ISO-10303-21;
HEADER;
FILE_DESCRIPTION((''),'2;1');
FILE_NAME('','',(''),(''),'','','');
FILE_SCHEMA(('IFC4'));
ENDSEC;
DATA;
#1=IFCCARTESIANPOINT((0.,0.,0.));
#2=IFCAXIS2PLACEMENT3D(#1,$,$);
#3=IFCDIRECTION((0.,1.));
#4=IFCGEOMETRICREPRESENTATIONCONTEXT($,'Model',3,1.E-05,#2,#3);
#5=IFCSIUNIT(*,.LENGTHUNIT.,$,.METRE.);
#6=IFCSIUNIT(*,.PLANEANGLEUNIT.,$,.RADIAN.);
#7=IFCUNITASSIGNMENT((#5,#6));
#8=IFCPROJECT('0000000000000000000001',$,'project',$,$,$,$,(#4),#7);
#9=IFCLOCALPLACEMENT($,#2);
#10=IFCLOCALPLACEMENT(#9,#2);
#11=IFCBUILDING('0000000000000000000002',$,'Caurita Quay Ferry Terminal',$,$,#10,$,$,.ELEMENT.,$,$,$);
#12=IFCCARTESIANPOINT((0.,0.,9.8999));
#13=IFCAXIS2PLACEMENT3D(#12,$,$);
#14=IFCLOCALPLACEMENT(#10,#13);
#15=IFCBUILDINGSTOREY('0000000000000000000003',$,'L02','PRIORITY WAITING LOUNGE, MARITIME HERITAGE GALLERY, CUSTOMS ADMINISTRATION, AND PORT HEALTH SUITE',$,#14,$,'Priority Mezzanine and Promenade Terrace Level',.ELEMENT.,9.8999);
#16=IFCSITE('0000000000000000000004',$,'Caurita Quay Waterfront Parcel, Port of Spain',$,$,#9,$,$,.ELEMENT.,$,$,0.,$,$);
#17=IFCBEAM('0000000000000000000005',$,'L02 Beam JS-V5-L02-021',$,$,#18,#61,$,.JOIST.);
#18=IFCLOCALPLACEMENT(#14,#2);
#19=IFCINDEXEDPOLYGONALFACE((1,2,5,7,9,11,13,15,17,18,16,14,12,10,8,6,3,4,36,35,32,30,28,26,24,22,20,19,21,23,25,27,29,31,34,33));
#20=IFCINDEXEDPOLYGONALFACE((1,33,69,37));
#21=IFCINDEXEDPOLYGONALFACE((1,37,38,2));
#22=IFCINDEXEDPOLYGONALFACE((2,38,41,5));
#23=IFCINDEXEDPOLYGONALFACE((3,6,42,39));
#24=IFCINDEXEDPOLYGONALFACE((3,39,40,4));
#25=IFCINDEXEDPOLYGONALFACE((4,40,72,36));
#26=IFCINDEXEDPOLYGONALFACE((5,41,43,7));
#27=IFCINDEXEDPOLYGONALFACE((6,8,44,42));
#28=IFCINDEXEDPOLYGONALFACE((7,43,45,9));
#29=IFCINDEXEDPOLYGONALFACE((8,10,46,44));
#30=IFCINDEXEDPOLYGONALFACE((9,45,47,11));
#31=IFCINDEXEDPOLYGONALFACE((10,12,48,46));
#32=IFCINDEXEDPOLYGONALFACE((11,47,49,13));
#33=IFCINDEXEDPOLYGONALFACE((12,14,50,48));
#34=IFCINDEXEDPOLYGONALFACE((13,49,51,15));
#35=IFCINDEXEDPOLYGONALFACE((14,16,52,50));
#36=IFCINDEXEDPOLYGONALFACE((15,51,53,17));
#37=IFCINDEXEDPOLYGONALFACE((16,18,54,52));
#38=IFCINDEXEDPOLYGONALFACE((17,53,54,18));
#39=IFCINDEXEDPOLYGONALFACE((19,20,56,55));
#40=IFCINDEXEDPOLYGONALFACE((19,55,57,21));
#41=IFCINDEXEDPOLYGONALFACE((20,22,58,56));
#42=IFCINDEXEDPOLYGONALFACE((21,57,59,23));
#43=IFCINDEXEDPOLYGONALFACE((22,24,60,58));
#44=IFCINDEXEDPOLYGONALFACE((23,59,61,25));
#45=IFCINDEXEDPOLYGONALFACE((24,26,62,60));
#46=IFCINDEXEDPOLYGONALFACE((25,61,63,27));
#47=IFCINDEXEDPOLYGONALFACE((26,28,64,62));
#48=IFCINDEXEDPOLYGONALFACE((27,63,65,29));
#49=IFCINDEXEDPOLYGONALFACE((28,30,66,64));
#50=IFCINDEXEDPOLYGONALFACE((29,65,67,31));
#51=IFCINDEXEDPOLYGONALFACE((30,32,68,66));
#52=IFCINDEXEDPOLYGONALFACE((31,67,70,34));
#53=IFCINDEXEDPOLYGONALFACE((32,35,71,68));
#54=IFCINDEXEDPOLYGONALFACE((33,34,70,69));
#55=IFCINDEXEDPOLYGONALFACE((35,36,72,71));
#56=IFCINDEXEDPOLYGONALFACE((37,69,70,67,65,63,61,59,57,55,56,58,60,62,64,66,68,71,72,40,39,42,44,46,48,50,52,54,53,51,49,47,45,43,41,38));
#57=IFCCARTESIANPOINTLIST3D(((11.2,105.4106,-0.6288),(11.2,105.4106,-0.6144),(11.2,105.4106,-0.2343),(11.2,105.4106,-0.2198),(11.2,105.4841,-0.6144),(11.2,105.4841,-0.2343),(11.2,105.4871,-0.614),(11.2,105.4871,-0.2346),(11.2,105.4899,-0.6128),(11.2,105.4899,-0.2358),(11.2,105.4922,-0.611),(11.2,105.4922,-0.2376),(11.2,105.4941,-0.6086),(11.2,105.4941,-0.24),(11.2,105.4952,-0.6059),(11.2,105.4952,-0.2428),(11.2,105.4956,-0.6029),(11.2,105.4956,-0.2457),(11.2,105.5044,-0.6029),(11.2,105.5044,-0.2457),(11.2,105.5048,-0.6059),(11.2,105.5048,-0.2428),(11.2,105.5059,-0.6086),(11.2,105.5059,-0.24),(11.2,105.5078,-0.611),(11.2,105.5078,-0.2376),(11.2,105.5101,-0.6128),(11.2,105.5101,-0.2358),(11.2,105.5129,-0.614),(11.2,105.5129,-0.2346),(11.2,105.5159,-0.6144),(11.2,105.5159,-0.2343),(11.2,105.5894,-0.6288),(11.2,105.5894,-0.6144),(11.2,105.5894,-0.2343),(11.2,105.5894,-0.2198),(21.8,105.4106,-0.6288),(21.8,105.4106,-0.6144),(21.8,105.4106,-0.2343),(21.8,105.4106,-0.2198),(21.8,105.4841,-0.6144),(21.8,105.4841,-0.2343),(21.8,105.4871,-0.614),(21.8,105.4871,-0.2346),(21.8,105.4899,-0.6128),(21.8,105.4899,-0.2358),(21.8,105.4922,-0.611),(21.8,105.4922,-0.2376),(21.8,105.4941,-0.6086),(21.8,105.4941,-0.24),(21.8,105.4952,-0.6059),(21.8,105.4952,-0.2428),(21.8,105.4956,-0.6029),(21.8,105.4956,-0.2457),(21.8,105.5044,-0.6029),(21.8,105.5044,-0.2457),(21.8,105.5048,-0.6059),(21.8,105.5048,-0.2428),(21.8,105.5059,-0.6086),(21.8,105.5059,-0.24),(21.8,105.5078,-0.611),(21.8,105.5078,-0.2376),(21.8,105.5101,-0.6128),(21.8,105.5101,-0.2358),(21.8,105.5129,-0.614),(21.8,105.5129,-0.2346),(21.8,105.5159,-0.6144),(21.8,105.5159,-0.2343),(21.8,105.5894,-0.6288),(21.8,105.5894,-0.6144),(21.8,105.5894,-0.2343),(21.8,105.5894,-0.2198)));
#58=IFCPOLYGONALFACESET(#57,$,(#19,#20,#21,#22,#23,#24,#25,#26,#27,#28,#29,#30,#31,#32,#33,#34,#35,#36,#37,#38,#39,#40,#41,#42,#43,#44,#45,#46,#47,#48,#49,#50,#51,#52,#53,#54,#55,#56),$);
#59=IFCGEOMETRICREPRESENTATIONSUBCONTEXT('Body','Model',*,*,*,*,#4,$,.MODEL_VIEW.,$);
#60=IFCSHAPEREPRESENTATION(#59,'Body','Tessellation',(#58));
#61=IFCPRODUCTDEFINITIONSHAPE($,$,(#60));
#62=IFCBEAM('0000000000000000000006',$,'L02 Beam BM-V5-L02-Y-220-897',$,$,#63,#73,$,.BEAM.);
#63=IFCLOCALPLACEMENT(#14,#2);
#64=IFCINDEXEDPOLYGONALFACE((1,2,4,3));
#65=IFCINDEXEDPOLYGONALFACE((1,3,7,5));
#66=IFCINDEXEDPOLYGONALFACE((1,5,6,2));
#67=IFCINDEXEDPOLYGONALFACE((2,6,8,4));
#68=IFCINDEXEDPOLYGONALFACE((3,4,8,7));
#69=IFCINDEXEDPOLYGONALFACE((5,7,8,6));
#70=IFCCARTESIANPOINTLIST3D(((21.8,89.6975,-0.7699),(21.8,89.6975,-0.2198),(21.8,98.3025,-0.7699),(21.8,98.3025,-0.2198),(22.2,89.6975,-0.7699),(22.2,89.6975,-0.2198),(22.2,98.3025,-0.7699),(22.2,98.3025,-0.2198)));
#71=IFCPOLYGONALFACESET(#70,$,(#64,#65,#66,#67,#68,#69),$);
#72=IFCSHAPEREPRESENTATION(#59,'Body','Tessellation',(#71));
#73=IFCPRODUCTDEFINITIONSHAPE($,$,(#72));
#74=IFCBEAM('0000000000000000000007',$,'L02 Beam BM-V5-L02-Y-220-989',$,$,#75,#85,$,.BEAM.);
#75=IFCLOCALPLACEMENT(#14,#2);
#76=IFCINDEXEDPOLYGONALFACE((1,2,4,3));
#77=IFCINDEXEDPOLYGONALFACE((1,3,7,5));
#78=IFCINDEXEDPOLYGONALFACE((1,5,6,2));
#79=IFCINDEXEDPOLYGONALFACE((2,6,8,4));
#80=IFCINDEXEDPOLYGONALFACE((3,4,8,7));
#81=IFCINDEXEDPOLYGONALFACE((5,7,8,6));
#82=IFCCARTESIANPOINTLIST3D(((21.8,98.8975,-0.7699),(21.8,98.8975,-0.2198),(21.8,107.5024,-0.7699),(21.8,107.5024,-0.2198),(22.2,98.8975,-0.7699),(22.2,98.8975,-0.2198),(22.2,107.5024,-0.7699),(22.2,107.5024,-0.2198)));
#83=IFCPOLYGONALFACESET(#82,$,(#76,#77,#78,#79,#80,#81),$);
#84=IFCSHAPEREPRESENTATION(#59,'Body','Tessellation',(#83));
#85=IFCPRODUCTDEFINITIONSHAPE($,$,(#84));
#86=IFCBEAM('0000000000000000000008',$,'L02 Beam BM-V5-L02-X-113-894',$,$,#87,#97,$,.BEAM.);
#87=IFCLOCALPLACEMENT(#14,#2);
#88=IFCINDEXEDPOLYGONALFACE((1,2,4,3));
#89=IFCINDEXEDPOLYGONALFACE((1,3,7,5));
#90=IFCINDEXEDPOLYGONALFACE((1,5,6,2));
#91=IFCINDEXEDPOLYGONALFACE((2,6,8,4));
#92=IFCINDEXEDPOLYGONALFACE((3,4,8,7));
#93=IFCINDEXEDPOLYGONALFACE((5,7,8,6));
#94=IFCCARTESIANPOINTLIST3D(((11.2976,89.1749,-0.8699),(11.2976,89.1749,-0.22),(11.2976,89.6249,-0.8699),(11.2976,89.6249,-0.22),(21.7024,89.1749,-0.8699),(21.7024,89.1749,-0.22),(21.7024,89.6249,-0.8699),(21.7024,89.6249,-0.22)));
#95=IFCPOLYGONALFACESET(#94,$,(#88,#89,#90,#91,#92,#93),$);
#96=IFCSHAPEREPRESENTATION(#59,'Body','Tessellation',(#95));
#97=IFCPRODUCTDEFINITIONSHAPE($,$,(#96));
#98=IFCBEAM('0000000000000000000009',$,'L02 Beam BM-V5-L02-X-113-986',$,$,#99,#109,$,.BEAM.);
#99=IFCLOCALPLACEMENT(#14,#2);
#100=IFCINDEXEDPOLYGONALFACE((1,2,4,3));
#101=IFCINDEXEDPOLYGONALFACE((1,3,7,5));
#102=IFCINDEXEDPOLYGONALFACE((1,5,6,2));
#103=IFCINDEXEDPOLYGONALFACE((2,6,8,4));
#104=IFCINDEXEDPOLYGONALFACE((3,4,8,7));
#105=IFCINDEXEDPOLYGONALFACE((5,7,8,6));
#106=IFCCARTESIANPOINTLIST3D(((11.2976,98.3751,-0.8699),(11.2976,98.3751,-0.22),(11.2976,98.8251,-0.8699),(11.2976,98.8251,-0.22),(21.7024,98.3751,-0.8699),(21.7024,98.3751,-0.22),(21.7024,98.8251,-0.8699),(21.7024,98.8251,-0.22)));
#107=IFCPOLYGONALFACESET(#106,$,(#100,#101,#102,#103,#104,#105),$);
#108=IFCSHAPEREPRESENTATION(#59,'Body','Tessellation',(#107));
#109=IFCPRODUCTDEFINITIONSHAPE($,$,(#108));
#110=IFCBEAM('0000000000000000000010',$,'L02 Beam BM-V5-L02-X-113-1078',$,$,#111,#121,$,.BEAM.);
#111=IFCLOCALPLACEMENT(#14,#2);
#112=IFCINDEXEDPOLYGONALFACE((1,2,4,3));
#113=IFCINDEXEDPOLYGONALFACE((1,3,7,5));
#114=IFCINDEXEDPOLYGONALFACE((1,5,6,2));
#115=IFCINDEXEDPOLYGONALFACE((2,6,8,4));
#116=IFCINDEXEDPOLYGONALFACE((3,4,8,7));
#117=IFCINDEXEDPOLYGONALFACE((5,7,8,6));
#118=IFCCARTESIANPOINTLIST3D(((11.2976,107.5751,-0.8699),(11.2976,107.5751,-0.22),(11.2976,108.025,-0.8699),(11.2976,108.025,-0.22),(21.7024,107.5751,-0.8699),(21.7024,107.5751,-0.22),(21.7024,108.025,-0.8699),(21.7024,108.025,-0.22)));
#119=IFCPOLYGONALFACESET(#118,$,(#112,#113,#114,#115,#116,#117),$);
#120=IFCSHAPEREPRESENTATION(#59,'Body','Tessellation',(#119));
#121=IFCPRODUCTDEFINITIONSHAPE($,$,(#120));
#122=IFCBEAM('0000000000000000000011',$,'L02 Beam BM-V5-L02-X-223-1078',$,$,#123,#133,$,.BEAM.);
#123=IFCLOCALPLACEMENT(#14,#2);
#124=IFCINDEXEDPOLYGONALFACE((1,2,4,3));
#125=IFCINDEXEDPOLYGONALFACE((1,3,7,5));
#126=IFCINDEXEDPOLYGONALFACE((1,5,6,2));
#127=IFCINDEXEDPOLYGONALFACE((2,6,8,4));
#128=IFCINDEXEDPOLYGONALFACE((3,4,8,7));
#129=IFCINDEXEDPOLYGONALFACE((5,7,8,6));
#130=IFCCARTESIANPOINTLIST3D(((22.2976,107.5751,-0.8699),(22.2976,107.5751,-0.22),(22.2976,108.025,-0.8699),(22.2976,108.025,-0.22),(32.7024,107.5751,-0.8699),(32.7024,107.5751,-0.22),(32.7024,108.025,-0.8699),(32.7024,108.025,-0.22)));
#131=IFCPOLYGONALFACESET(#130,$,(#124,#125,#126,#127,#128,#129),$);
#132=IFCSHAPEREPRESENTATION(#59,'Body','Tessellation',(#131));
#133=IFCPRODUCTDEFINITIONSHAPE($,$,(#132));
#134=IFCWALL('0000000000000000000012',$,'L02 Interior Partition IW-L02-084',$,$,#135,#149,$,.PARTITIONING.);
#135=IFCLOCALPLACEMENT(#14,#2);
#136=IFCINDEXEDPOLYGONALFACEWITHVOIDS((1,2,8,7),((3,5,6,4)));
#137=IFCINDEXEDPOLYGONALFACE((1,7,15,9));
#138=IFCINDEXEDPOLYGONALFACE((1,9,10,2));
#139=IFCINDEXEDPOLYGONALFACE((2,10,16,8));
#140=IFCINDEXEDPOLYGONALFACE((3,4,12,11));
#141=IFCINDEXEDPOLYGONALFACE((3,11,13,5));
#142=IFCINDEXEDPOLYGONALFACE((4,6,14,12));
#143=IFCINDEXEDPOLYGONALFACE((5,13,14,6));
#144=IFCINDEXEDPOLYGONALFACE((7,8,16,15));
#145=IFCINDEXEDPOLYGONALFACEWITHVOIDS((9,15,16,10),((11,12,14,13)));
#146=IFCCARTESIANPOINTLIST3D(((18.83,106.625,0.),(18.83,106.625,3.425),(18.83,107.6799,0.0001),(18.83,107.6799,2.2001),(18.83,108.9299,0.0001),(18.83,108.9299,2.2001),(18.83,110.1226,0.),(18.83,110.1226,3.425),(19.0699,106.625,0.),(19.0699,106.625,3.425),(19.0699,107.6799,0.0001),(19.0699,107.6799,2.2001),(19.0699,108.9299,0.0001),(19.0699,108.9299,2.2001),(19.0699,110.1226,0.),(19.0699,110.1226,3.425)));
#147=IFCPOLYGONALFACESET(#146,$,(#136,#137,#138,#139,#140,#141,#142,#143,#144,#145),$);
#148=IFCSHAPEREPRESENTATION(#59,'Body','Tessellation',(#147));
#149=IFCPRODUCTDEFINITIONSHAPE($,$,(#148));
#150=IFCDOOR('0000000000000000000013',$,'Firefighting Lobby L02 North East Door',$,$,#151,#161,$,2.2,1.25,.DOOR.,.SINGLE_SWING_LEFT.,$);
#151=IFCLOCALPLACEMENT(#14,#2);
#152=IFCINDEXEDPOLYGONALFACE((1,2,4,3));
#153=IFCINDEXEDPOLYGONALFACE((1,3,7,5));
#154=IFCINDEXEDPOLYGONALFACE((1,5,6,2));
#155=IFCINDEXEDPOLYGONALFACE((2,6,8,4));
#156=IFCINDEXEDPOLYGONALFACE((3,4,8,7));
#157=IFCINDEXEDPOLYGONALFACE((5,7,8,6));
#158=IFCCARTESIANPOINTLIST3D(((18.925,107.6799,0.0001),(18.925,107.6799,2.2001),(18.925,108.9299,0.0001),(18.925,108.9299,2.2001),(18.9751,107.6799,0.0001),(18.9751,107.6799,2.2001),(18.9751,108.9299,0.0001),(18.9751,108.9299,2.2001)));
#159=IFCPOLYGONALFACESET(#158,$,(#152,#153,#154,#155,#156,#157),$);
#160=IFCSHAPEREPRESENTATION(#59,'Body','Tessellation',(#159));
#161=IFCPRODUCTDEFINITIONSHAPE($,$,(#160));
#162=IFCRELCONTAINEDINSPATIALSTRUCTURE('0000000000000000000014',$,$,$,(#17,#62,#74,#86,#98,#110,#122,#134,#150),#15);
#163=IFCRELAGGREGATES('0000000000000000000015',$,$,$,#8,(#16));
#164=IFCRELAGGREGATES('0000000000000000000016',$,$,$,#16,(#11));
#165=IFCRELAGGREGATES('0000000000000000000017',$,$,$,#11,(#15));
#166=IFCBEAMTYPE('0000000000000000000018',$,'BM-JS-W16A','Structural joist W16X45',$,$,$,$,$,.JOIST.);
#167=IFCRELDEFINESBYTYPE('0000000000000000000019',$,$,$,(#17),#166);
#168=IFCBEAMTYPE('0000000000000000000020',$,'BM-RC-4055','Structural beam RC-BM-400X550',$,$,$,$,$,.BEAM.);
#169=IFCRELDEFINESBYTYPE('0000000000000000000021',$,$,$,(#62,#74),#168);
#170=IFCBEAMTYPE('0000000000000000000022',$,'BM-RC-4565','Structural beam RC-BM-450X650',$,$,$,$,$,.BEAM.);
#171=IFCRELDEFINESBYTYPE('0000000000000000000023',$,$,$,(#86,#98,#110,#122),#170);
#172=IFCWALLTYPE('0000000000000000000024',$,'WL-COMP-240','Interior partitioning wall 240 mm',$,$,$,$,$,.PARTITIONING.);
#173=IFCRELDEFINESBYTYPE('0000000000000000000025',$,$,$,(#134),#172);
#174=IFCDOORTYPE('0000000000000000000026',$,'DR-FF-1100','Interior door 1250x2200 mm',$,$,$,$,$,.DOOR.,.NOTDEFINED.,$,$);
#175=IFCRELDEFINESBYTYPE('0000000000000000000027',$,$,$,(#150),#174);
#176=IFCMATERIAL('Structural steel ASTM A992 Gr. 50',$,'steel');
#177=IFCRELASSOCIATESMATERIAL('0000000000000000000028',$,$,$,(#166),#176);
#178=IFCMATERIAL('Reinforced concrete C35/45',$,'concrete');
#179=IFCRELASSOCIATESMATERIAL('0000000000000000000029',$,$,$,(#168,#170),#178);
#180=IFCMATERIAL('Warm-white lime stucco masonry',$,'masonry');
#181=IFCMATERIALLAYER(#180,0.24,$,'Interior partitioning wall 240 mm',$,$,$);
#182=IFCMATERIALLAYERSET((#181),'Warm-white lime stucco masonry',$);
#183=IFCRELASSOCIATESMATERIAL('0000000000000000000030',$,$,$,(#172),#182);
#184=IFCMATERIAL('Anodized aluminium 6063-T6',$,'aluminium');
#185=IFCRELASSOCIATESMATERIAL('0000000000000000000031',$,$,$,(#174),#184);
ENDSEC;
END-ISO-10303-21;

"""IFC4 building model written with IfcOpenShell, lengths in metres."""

from ifc_helpers import new_model, si_unit, direction, frame, frame_2d, origin, origin_2d, place, context, subcontext, project, spatial, rectangle, i_section, extrude, material, layer, layer_set, material_profile, profile_set, type_object, element, fill, save


model = new_model("IFC4")

# Units and contexts
model_context = context("Model", 3, precision=1e-05, world=origin(), true_north=direction((0.0, 1.0)))
body_context = subcontext(model_context, "Body", "Model", "MODEL_VIEW")
ifc_project = project(units=[si_unit("LENGTHUNIT", "METRE"), si_unit("PLANEANGLEUNIT", "RADIAN")], contexts=[model_context])

# Site, building, storey
site_placement = place(None, origin())
site = spatial("IfcSite", under=ifc_project, at=site_placement, Name="Caurita Quay Waterfront Parcel, Port of Spain", CompositionType="ELEMENT", RefElevation=0.0)
building_placement = place(site_placement, origin())
building = spatial("IfcBuilding", under=site, at=building_placement, Name="Caurita Quay Ferry Terminal", CompositionType="ELEMENT")
storey_placement = place(building_placement, frame((0.0, 0.0, 9.8999)))
storey = spatial("IfcBuildingStorey", under=building, at=storey_placement, Name="L02", Description="PRIORITY WAITING LOUNGE, MARITIME HERITAGE GALLERY, CUSTOMS ADMINISTRATION, AND PORT HEALTH SUITE", LongName="Priority Mezzanine and Promenade Terrace Level", CompositionType="ELEMENT", Elevation=9.8999)

# Shared definitions
ifc_material_1 = material(Name="Reinforced concrete C35/45", Category="concrete")

# Beams
ifc_material_2 = material(Name="Structural steel ASTM A992 Gr. 50", Category="steel")
ifc_material_profile_1 = material_profile(ifc_material_2, i_section(OverallWidth=0.1787, OverallDepth=0.4089, WebThickness=0.0088, FlangeThickness=0.0144, FilletRadius=0.0115, at=origin_2d()), Name="W16X45")
ifc_profile_set_1 = profile_set([ifc_material_profile_1], Name="Structural steel ASTM A992 Gr. 50")
beam_type_1 = type_object("IfcBeamType", Name="BM-JS-W16A", Description="Structural joist W16X45", PredefinedType="JOIST", material=ifc_profile_set_1)
for number, where, z_axis, x_axis, name in (
    (1, (11.2, 105.5, -0.4243), (1.0, 0.0, 0.0), (0.0, 1.0, 0.0), "L02 Beam JS-V5-L02-021"),
):
    element("IfcBeam", number, at=place(storey_placement, frame(where, z_axis=z_axis, x_axis=x_axis)), inside=storey, type_object=beam_type_1, Name=name, PredefinedType="JOIST", context=body_context, shape_type="SweptSolid", body=[
        extrude(i_section(OverallWidth=0.1787, OverallDepth=0.4089, WebThickness=0.0088, FlangeThickness=0.0144, FilletRadius=0.0115, at=origin_2d()), origin(), (0.0, 0.0, 1.0), 10.6001),
    ])
ifc_material_profile_2 = material_profile(ifc_material_1, rectangle(XDim=0.3999, YDim=0.55, at=origin_2d()), Name="RC-BM-400X550")
ifc_profile_set_2 = profile_set([ifc_material_profile_2], Name="Reinforced concrete C35/45")
beam_type_2 = type_object("IfcBeamType", Name="BM-RC-4055", Description="Structural beam RC-BM-400X550", PredefinedType="BEAM", material=ifc_profile_set_2)
for number, where, z_axis, x_axis, name in (
    (2, (22.0, 89.6975, -0.4949), (0.0, 1.0, 0.0), (-1.0, 0.0, 0.0), "L02 Beam BM-V5-L02-Y-220-897"),
    (3, (22.0, 98.8975, -0.4949), (0.0, 1.0, 0.0), (-1.0, 0.0, 0.0), "L02 Beam BM-V5-L02-Y-220-989"),
):
    element("IfcBeam", number, at=place(storey_placement, frame(where, z_axis=z_axis, x_axis=x_axis)), inside=storey, type_object=beam_type_2, Name=name, PredefinedType="BEAM", context=body_context, shape_type="SweptSolid", body=[
        extrude(rectangle(XDim=0.3999, YDim=0.55, at=origin_2d()), origin(), (0.0, 0.0, 1.0), 8.605),
    ])
ifc_material_profile_3 = material_profile(ifc_material_1, rectangle(XDim=0.45, YDim=0.6499, at=origin_2d()), Name="RC-BM-450X650")
ifc_profile_set_3 = profile_set([ifc_material_profile_3], Name="Reinforced concrete C35/45")
beam_type_3 = type_object("IfcBeamType", Name="BM-RC-4565", Description="Structural beam RC-BM-450X650", PredefinedType="BEAM", material=ifc_profile_set_3)
for number, where, z_axis, x_axis, name in (
    (4, (11.2976, 89.3999, -0.5449), (1.0, 0.0, 0.0), (0.0, 1.0, 0.0), "L02 Beam BM-V5-L02-X-113-894"),
    (5, (11.2976, 98.6001, -0.5449), (1.0, 0.0, 0.0), (0.0, 1.0, 0.0), "L02 Beam BM-V5-L02-X-113-986"),
    (6, (11.2976, 107.8, -0.5449), (1.0, 0.0, 0.0), (0.0, 1.0, 0.0), "L02 Beam BM-V5-L02-X-113-1078"),
    (7, (22.2976, 107.8, -0.5449), (1.0, 0.0, 0.0), (0.0, 1.0, 0.0), "L02 Beam BM-V5-L02-X-223-1078"),
):
    element("IfcBeam", number, at=place(storey_placement, frame(where, z_axis=z_axis, x_axis=x_axis)), inside=storey, type_object=beam_type_3, Name=name, PredefinedType="BEAM", context=body_context, shape_type="SweptSolid", body=[
        extrude(rectangle(XDim=0.45, YDim=0.6499, at=origin_2d()), origin(), (0.0, 0.0, 1.0), 10.4048),
    ])

# Wall, opening, door
ifc_material_3 = material(Name="Warm-white lime stucco masonry", Category="masonry")
ifc_layer_1 = layer(ifc_material_3, 0.24, Name="Interior partitioning wall 240 mm")
ifc_layer_set_1 = layer_set([ifc_layer_1], Name="Warm-white lime stucco masonry")
wall_type_1 = type_object("IfcWallType", Name="WL-COMP-240", Description="Interior partitioning wall 240 mm", PredefinedType="PARTITIONING", material=ifc_layer_set_1)
wall_1_placement = place(storey_placement, frame((18.95, 106.625, 0.0), z_axis=(0.0, 0.0, 1.0), x_axis=(0.0, 1.0, 0.0)))
wall_1 = element("IfcWall", 8, at=wall_1_placement, inside=storey, type_object=wall_type_1, Name="L02 Interior Partition IW-L02-084", PredefinedType="PARTITIONING", context=body_context, shape_type="SweptSolid", body=[
    extrude(rectangle(XDim=3.4976, YDim=0.24, at=frame_2d((1.7488, 0.0))), origin(), (0.0, 0.0, 1.0), 3.425),
])
opening_1_placement = place(wall_1_placement, frame((1.0549, 0.0, 0.0)))
opening_1 = element("IfcOpeningElement", 9, at=opening_1_placement, cuts=wall_1, PredefinedType="OPENING", context=body_context, shape_type="SweptSolid", body=[
    extrude(rectangle(XDim=1.25, YDim=2.2, at=frame_2d((0.625, 1.1001))), frame((0.0, 0.1299, 0.0), z_axis=(0.0, -1.0, 0.0), x_axis=(1.0, 0.0, 0.0)), (0.0, 0.0, 1.0), 0.26),
])
ifc_material_4 = material(Name="Anodized aluminium 6063-T6", Category="aluminium")
door_type = type_object("IfcDoorType", Name="DR-FF-1100", Description="Interior door 1250x2200 mm", OperationType="NOTDEFINED", PredefinedType="DOOR", material=ifc_material_4)
door_placement = place(opening_1_placement, origin())
door = element("IfcDoor", 10, at=door_placement, inside=storey, type_object=door_type, Name="Firefighting Lobby L02 North East Door", OperationType="SINGLE_SWING_LEFT", OverallHeight=2.2, OverallWidth=1.25, PredefinedType="DOOR", context=body_context, shape_type="SweptSolid", body=[
    extrude(rectangle(XDim=1.25, YDim=2.2, at=frame_2d((0.625, 1.1001))), frame((0.0, 0.0249, 0.0), z_axis=(0.0, -1.0, 0.0), x_axis=(1.0, 0.0, 0.0)), (0.0, 0.0, 1.0), 0.05),
])
fill(opening_1, door)

save(model, "model.ifc")
